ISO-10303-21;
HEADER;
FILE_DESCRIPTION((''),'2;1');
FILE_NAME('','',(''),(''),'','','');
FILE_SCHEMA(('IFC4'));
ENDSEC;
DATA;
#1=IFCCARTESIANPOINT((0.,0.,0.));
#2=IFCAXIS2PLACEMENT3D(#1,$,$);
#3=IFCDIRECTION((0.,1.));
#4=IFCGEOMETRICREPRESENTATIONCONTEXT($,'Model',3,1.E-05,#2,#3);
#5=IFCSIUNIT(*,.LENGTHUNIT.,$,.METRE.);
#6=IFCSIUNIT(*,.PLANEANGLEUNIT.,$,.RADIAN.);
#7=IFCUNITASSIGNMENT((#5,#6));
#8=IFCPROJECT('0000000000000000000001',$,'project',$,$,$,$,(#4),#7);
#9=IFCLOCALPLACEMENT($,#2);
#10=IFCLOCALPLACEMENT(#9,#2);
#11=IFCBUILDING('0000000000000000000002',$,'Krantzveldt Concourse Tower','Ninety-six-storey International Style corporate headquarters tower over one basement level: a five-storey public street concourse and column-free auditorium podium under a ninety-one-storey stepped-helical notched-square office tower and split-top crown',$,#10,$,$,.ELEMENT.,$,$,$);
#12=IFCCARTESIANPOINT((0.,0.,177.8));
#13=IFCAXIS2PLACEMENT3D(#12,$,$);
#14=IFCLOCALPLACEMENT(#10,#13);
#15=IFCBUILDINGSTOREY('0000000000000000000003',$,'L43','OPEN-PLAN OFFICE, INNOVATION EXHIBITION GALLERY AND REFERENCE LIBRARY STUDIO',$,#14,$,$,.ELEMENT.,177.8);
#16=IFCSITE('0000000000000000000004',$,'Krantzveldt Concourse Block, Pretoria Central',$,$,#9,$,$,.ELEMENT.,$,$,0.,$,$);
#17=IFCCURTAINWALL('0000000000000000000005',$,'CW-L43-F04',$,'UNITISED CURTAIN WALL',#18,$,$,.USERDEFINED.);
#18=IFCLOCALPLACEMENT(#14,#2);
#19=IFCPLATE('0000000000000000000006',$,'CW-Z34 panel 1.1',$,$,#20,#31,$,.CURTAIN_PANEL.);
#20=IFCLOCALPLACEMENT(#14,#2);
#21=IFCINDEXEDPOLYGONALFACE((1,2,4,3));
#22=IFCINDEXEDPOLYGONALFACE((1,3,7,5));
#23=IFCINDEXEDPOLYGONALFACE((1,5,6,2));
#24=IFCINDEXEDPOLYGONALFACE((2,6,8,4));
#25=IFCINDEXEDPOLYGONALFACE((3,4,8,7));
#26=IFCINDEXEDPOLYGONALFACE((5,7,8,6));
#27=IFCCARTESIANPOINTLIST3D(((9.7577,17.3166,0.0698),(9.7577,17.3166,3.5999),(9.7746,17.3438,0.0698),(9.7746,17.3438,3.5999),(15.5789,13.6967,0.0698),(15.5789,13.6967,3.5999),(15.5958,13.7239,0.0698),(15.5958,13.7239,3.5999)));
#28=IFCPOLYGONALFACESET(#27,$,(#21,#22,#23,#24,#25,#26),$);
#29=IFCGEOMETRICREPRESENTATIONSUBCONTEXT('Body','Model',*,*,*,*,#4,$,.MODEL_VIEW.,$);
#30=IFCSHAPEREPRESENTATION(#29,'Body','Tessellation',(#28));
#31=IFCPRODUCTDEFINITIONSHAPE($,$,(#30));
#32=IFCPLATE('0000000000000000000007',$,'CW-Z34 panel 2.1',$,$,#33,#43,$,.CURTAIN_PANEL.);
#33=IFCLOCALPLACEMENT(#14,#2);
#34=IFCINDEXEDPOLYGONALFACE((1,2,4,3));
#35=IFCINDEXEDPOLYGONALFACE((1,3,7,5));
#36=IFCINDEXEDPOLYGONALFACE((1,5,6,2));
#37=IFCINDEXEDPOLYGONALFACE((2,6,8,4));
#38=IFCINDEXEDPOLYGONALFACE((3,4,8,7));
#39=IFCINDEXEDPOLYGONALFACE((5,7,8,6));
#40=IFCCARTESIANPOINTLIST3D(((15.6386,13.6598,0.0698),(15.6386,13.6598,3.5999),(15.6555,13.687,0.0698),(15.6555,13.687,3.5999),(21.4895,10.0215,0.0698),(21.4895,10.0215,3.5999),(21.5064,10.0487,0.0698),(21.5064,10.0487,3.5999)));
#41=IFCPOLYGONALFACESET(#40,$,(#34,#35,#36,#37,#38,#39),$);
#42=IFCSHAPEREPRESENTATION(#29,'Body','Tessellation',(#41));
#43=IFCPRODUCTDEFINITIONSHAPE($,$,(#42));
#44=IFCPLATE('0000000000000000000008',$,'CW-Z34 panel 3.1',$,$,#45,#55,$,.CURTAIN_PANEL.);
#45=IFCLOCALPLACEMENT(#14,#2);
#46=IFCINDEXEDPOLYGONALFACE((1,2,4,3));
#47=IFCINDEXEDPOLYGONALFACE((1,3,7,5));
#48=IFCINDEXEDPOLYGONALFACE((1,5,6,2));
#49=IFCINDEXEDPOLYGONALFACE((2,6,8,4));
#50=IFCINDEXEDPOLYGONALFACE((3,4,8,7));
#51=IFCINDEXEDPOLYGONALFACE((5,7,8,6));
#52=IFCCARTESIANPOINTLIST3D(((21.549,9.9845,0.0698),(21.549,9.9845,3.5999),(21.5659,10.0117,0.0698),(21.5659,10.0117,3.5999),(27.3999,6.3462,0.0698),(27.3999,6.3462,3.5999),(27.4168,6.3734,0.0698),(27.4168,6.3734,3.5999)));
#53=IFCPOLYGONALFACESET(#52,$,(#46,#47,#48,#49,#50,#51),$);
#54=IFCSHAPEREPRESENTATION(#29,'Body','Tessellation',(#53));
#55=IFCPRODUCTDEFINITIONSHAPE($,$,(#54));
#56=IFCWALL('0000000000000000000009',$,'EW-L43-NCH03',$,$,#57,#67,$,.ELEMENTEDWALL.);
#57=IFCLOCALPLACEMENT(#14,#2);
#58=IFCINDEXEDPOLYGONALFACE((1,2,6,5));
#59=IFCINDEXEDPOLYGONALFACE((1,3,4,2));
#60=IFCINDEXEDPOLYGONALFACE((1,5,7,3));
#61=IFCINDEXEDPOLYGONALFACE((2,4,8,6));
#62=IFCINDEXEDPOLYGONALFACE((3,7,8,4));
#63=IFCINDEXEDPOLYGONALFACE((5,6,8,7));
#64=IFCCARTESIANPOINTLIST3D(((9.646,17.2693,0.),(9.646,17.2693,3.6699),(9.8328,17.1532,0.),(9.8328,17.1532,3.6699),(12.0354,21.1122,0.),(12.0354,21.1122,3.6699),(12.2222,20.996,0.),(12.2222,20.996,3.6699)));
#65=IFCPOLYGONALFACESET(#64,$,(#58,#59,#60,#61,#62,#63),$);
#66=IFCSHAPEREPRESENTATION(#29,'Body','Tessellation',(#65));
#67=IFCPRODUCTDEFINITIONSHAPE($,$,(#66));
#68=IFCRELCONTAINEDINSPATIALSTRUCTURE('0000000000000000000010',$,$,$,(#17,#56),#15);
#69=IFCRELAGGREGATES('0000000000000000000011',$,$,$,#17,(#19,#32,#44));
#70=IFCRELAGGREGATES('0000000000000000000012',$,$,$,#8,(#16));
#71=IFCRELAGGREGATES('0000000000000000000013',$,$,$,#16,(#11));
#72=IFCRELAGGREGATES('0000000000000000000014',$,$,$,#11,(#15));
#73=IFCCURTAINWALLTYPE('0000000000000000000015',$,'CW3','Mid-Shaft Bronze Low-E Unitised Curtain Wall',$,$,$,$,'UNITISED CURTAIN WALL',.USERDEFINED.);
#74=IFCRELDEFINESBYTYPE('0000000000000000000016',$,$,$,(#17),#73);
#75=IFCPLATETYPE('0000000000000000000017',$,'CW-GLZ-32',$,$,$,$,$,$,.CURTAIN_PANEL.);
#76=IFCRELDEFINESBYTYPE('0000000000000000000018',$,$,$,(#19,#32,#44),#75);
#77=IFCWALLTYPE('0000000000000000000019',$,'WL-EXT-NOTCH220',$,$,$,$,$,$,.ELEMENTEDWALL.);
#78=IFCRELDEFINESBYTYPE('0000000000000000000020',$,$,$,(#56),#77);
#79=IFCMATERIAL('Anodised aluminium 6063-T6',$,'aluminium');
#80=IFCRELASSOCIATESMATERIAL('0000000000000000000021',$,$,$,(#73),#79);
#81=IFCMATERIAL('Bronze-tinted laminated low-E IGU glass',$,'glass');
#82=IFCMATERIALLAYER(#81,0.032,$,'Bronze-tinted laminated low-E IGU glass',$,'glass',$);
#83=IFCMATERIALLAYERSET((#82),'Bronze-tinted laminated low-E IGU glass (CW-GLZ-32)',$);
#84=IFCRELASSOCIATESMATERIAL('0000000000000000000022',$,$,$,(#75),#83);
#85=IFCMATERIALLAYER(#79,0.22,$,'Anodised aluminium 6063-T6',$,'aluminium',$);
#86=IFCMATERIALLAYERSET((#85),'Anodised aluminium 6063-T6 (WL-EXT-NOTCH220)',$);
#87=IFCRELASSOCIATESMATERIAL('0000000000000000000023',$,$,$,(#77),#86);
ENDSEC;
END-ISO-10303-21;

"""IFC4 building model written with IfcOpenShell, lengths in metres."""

from ifc_helpers import new_model, si_unit, direction, frame, frame_2d, origin, origin_2d, place, context, subcontext, project, spatial, rectangle, extrude, source, transform, mapped, material, layer, layer_set, type_object, type_shapes, element, aggregate, save


model = new_model("IFC4")

# Units and contexts
model_context = context("Model", 3, precision=1e-05, world=origin(), true_north=direction((0.0, 1.0)))
body_context = subcontext(model_context, "Body", "Model", "MODEL_VIEW")
ifc_project = project(units=[si_unit("LENGTHUNIT", "METRE"), si_unit("PLANEANGLEUNIT", "RADIAN")], contexts=[model_context])

# Site, building, storey
site_placement = place(None, origin())
site = spatial("IfcSite", under=ifc_project, at=site_placement, Name="Krantzveldt Concourse Block, Pretoria Central", CompositionType="ELEMENT", RefElevation=0.0)
building_placement = place(site_placement, origin())
building = spatial("IfcBuilding", under=site, at=building_placement, Name="Krantzveldt Concourse Tower", Description="Ninety-six-storey International Style corporate headquarters tower over one basement level: a five-storey public street concourse and column-free auditorium podium under a ninety-one-storey stepped-helical notched-square office tower and split-top crown", CompositionType="ELEMENT")
storey_placement = place(building_placement, frame((0.0, 0.0, 177.8)))
storey = spatial("IfcBuildingStorey", under=building, at=storey_placement, Name="L43", Description="OPEN-PLAN OFFICE, INNOVATION EXHIBITION GALLERY AND REFERENCE LIBRARY STUDIO", CompositionType="ELEMENT", Elevation=177.8)

# Shared definitions
ifc_material_1 = material(Name="Anodised aluminium 6063-T6", Category="aluminium")
curtain_wall_type = type_object("IfcCurtainWallType", Name="CW3", Description="Mid-Shaft Bronze Low-E Unitised Curtain Wall", ElementType="UNITISED CURTAIN WALL", PredefinedType="USERDEFINED", material=ifc_material_1)

# Curtain wall
curtain_wall_1_placement = place(storey_placement, origin())
curtain_wall_1 = element("IfcCurtainWall", 1, at=curtain_wall_1_placement, inside=storey, type_object=curtain_wall_type, Name="CW-L43-F04", ObjectType="UNITISED CURTAIN WALL", PredefinedType="USERDEFINED")

# Plates
ifc_material_2 = material(Name="Bronze-tinted laminated low-E IGU glass", Category="glass")
ifc_layer_1 = layer(ifc_material_2, 0.032, Name="Bronze-tinted laminated low-E IGU glass", Category="glass")
ifc_layer_set_1 = layer_set([ifc_layer_1], Name="Bronze-tinted laminated low-E IGU glass (CW-GLZ-32)")
plate_type = type_object("IfcPlateType", Name="CW-GLZ-32", PredefinedType="CURTAIN_PANEL", material=ifc_layer_set_1)
shared_shape_1 = source(origin(), body_context, "Body", "SweptSolid", [
    extrude(rectangle(XDim=6.855, YDim=0.032, at=origin_2d()), origin(), (0.0, 0.0, 1.0), 3.53),
])
plate_1_placement = place(storey_placement, frame((12.6768, 15.5203, 0.0698), z_axis=(0.0, 0.0, 1.0), x_axis=(0.849202, -0.528068, 0.0)))
plate_1 = element("IfcPlate", 2, at=plate_1_placement, type_object=plate_type, Name="CW-Z34 panel 1.1", PredefinedType="CURTAIN_PANEL", context=body_context, shape_type="MappedRepresentation", body=[
    mapped(shared_shape_1, transform((0.0, 0.0, 0.0), x_axis=(1.0, 0.0, 0.0), y_axis=(0.0, 1.0, 0.0), z_axis=(0.0, 0.0, 1.0), scale=1.0)),
])
shared_shape_2 = source(origin(), body_context, "Body", "SweptSolid", [
    extrude(rectangle(XDim=6.8899, YDim=0.032, at=origin_2d()), origin(), (0.0, 0.0, 1.0), 3.53),
])
type_shapes(plate_type, [shared_shape_1, shared_shape_2])
plate_2_placement = place(storey_placement, frame((18.5725, 11.8542, 0.0698), z_axis=(0.0, 0.0, 1.0), x_axis=(0.849202, -0.528068, 0.0)))
plate_2 = element("IfcPlate", 3, at=plate_2_placement, type_object=plate_type, Name="CW-Z34 panel 2.1", PredefinedType="CURTAIN_PANEL", context=body_context, shape_type="MappedRepresentation", body=[
    mapped(shared_shape_2, transform((0.0, 0.0, 0.0), x_axis=(1.0, 0.0, 0.0), y_axis=(0.0, 1.0, 0.0), z_axis=(0.0, 0.0, 1.0), scale=1.0)),
])
plate_3_placement = place(storey_placement, frame((24.4829, 8.179, 0.0698), z_axis=(0.0, 0.0, 1.0), x_axis=(0.849202, -0.528068, 0.0)))
plate_3 = element("IfcPlate", 4, at=plate_3_placement, type_object=plate_type, Name="CW-Z34 panel 3.1", PredefinedType="CURTAIN_PANEL", context=body_context, shape_type="MappedRepresentation", body=[
    mapped(shared_shape_2, transform((0.0, 0.0, 0.0), x_axis=(1.0, 0.0, 0.0), y_axis=(0.0, 1.0, 0.0), z_axis=(0.0, 0.0, 1.0), scale=1.0)),
])
aggregate(curtain_wall_1, [plate_1, plate_2, plate_3])

# Wall
ifc_layer_2 = layer(ifc_material_1, 0.22, Name="Anodised aluminium 6063-T6", Category="aluminium")
ifc_layer_set_2 = layer_set([ifc_layer_2], Name="Anodised aluminium 6063-T6 (WL-EXT-NOTCH220)")
wall_type = type_object("IfcWallType", Name="WL-EXT-NOTCH220", PredefinedType="ELEMENTEDWALL", material=ifc_layer_set_2)
wall_placement = place(storey_placement, frame((12.1289, 21.0542, 0.0), z_axis=(0.0, 0.0, 1.0), x_axis=(-0.528038, -0.849221, 0.0)))
element("IfcWall", 5, at=wall_placement, inside=storey, type_object=wall_type, Name="EW-L43-NCH03", PredefinedType="ELEMENTEDWALL", context=body_context, shape_type="SweptSolid", body=[
    extrude(rectangle(XDim=4.5251, YDim=0.22, at=frame_2d((2.2627, 0.0))), origin(), (0.0, 0.0, 1.0), 3.6699),
])

save(model, "model.ifc")
